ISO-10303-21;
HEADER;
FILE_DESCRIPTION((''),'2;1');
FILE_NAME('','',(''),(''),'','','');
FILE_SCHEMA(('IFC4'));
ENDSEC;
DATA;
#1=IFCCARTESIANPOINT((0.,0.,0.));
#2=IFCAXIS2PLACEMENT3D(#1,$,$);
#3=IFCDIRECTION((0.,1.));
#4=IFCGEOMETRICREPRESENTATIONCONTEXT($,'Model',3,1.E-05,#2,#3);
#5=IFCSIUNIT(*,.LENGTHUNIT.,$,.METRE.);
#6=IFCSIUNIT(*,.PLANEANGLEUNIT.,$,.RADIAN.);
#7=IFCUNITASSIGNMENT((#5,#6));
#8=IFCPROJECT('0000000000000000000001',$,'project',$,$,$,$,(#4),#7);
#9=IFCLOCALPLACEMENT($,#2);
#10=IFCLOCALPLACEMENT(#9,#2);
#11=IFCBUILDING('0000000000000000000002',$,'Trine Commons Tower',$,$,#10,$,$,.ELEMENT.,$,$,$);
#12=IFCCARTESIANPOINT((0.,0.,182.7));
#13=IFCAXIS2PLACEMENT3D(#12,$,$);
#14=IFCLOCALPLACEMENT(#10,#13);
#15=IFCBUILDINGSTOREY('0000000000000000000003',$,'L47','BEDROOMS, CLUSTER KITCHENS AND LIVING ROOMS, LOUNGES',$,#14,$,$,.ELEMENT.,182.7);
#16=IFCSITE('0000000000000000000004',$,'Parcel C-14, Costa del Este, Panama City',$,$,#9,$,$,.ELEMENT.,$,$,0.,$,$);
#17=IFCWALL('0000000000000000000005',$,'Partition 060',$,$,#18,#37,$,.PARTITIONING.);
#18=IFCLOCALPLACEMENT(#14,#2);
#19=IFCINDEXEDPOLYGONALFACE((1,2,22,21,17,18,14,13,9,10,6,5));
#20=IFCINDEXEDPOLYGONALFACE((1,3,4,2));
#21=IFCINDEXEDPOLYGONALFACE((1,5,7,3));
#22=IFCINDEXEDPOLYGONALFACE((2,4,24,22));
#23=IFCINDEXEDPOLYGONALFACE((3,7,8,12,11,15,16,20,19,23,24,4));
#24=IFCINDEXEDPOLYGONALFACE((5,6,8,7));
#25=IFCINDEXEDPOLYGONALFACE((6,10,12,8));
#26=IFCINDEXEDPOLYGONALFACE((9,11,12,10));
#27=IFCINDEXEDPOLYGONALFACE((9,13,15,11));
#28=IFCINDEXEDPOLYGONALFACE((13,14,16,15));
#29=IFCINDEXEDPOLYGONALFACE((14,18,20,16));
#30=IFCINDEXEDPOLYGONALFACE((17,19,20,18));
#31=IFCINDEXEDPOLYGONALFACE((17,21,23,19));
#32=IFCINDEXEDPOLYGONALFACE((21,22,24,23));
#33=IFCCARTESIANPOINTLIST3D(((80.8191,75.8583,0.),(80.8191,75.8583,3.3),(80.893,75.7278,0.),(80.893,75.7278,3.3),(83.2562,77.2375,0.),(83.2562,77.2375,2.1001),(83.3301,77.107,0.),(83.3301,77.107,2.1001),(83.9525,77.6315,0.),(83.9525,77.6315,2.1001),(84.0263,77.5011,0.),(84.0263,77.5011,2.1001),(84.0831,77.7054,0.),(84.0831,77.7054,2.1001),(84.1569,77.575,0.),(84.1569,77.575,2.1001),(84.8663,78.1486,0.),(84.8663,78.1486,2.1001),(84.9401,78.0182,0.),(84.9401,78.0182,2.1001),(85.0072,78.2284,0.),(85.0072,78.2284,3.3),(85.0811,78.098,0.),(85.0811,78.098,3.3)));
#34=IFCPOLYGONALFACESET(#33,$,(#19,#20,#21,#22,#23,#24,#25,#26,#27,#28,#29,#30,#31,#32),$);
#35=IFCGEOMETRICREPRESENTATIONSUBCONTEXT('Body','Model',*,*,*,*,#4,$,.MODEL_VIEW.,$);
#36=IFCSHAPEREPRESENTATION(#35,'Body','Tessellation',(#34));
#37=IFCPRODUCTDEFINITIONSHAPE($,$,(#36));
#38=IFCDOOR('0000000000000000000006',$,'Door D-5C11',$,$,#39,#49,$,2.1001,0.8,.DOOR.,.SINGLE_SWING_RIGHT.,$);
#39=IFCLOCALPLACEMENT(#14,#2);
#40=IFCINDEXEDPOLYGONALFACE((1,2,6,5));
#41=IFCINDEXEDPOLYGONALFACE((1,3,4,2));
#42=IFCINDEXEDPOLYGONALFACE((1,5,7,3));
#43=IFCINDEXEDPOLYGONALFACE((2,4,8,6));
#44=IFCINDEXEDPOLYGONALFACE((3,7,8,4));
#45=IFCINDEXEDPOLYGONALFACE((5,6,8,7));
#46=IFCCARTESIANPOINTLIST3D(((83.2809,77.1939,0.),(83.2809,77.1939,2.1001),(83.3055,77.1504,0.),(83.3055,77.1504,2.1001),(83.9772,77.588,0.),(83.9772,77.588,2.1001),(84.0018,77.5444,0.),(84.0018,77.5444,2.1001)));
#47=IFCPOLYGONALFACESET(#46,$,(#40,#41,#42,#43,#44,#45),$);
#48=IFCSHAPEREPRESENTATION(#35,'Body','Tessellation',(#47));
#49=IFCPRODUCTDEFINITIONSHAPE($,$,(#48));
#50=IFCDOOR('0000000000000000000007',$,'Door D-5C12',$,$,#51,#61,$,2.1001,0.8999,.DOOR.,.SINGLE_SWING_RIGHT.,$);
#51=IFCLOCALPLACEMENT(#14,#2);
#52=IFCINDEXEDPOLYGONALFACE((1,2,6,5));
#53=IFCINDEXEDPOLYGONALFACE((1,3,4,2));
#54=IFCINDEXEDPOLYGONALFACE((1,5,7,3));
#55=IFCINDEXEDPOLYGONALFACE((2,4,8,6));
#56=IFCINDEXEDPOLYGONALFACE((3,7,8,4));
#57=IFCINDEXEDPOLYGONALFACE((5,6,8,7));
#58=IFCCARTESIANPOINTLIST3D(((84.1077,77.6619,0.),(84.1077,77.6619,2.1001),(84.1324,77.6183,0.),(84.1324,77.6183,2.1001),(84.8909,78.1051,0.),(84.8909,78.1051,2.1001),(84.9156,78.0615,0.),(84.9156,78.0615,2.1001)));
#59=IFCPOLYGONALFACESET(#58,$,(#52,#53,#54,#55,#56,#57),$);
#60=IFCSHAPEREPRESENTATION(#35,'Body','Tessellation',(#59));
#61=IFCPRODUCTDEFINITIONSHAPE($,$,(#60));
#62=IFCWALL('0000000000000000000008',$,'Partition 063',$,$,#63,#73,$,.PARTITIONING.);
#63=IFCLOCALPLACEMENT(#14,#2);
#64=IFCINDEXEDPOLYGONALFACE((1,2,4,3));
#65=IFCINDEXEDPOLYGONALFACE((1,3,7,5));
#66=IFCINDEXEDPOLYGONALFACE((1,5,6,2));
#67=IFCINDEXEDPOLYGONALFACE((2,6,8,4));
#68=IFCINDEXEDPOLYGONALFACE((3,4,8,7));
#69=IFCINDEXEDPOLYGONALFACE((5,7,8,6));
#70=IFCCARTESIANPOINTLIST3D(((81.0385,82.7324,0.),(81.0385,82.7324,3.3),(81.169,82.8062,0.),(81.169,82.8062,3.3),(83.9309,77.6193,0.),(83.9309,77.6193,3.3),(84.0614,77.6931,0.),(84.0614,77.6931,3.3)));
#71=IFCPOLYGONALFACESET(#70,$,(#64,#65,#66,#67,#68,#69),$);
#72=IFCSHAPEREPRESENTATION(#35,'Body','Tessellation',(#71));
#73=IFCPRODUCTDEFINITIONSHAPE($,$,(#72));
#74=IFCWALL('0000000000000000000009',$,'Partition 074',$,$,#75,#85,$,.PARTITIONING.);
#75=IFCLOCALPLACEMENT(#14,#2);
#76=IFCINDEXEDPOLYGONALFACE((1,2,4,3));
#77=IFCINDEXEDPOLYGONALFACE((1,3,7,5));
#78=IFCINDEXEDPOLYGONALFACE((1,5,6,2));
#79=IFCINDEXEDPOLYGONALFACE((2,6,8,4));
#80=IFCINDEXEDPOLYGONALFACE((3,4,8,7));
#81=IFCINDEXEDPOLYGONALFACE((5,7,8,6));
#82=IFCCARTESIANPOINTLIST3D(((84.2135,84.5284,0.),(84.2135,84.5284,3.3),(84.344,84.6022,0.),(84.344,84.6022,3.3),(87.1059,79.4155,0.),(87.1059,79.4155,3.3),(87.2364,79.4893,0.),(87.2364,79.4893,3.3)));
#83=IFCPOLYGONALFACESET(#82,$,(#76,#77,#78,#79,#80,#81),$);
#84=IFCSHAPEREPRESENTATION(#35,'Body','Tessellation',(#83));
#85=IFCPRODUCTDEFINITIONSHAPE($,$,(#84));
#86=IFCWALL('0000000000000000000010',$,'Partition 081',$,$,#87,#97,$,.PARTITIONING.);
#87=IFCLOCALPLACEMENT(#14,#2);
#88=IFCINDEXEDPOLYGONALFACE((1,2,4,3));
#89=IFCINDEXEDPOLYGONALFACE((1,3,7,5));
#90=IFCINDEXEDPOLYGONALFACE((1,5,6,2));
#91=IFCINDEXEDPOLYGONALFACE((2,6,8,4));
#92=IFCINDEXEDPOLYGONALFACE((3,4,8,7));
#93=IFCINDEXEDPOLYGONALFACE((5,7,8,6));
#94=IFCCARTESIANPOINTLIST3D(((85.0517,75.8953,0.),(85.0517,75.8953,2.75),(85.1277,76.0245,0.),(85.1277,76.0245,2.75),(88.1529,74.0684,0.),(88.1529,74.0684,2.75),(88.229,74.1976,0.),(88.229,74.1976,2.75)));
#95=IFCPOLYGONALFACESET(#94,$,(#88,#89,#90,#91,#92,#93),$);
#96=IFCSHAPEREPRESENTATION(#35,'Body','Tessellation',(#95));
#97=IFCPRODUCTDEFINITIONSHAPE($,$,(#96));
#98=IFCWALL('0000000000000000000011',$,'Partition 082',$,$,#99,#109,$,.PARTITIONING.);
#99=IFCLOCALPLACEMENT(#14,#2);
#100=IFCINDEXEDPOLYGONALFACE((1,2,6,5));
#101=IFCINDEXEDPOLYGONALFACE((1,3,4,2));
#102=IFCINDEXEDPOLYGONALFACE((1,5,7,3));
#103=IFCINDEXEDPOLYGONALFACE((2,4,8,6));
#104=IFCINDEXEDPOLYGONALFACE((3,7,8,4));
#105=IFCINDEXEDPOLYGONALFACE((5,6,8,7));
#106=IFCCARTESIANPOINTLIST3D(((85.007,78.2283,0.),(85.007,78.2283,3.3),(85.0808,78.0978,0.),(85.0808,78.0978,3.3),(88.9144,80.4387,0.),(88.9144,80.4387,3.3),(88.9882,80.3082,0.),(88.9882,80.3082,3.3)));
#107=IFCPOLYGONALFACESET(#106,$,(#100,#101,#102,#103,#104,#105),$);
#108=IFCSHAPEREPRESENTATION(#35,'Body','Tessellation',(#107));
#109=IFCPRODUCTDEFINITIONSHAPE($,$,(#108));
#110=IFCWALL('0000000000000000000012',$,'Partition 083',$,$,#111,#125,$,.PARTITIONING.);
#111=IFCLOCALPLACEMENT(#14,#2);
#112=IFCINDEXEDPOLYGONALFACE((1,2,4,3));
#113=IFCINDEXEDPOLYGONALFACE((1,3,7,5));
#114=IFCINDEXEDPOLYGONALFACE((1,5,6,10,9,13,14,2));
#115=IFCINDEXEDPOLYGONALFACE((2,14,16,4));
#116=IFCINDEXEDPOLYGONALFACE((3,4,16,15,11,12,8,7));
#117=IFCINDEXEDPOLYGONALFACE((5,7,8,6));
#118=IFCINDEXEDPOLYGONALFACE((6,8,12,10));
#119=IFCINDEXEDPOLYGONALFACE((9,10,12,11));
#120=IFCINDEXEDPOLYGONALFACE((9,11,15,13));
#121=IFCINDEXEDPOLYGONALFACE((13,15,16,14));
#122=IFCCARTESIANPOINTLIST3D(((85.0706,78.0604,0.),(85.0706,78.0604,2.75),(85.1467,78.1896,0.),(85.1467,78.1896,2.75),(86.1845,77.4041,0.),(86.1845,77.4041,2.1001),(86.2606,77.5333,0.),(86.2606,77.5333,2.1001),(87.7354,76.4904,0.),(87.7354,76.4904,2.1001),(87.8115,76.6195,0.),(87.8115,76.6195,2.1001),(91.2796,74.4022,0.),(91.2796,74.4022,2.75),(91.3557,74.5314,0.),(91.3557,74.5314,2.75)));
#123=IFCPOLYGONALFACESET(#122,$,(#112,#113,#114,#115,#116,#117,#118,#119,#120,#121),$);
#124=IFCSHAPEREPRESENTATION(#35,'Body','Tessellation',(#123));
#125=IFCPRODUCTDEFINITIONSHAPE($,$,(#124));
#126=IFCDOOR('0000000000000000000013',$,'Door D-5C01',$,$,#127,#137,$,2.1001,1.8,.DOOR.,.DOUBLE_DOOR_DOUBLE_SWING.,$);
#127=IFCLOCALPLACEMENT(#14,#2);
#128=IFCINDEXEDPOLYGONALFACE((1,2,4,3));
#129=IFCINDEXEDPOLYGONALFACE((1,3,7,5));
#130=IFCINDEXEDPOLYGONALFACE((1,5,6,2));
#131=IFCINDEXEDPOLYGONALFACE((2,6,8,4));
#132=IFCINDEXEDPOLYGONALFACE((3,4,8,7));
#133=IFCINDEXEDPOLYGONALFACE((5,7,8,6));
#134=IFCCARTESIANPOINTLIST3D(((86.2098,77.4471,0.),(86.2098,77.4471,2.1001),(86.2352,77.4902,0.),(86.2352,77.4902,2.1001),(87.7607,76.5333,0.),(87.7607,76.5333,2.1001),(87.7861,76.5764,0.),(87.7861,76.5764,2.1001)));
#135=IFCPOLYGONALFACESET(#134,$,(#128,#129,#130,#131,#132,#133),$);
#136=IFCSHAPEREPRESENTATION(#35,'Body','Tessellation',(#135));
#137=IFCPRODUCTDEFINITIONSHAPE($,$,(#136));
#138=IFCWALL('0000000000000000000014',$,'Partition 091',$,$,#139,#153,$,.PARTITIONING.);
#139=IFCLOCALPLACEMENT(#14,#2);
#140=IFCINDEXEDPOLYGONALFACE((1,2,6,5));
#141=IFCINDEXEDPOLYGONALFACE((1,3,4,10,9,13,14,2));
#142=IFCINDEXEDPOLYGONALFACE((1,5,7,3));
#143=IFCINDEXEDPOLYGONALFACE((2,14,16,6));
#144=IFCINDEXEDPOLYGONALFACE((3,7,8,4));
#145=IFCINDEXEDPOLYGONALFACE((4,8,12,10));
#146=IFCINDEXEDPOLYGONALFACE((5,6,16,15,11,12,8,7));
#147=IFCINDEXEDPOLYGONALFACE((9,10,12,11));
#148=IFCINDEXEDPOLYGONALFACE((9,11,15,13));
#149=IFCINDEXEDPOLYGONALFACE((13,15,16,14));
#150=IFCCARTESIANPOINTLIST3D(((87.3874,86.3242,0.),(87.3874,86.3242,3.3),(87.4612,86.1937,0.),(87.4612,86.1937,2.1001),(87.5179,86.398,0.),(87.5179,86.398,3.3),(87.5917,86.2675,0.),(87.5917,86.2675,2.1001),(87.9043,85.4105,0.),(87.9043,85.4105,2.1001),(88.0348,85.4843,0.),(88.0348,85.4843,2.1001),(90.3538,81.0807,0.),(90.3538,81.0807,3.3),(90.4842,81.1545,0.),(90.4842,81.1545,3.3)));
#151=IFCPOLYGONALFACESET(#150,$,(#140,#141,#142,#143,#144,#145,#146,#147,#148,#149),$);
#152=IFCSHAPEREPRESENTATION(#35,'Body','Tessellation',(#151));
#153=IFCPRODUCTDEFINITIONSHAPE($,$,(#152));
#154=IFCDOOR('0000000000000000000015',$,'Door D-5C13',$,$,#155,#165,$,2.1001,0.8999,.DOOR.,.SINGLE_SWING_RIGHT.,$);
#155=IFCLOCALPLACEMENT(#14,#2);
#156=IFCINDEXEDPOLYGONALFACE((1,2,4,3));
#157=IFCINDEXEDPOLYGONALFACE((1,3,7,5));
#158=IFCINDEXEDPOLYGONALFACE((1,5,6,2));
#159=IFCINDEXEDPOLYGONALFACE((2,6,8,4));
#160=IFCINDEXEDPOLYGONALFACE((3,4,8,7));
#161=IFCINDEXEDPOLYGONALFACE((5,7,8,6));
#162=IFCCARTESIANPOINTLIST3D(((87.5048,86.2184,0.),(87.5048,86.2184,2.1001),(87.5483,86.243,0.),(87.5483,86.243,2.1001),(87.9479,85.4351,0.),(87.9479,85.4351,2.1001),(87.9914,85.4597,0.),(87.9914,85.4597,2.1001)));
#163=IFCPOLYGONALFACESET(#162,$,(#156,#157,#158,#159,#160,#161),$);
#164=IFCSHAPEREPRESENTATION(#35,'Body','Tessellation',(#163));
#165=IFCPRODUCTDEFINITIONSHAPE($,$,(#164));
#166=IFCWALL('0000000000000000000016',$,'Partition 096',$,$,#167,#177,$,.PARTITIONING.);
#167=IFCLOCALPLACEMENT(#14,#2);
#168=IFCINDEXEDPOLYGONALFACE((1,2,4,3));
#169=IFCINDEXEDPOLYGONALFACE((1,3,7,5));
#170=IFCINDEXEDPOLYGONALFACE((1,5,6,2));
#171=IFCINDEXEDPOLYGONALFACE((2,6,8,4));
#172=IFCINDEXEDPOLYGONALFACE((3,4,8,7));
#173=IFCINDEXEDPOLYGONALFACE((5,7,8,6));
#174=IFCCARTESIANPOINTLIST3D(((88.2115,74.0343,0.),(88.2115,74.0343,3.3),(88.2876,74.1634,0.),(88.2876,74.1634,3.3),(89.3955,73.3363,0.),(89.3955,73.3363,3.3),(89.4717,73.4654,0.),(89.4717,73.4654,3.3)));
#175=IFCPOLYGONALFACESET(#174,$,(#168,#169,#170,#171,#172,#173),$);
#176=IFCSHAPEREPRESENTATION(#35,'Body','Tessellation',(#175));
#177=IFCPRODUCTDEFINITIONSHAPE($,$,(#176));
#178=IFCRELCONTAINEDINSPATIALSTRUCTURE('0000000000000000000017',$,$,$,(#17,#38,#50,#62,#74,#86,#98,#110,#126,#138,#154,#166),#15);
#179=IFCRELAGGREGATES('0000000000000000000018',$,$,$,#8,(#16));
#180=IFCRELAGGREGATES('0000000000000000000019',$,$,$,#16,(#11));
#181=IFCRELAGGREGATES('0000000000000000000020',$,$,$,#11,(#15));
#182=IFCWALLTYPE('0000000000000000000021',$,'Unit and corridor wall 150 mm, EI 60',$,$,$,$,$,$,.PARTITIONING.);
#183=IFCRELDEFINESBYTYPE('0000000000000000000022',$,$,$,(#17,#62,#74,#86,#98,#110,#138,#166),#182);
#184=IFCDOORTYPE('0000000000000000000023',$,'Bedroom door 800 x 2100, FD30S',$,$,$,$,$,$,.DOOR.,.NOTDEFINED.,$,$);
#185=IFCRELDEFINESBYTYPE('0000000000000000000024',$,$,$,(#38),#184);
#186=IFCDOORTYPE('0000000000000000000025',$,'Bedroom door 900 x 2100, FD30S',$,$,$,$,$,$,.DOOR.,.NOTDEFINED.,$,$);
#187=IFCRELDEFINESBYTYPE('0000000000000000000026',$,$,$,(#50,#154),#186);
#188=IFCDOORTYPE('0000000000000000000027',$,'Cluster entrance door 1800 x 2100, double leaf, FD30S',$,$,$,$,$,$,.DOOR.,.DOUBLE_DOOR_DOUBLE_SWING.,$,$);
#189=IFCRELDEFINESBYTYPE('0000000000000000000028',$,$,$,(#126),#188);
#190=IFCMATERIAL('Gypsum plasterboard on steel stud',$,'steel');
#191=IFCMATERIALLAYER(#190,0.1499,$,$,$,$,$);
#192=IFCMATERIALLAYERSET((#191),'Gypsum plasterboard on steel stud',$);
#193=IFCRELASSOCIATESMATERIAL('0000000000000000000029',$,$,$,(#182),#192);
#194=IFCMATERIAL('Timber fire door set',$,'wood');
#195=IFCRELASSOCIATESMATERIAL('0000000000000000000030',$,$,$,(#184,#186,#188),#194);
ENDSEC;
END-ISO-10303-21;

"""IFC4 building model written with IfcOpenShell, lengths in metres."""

from ifc_helpers import new_model, si_unit, direction, frame, frame_2d, origin, place, context, subcontext, project, spatial, rectangle, extrude, material, layer, layer_set, type_object, element, fill, save


model = new_model("IFC4")

# Units and contexts
model_context = context("Model", 3, precision=1e-05, world=origin(), true_north=direction((0.0, 1.0)))
body_context = subcontext(model_context, "Body", "Model", "MODEL_VIEW")
ifc_project = project(units=[si_unit("LENGTHUNIT", "METRE"), si_unit("PLANEANGLEUNIT", "RADIAN")], contexts=[model_context])

# Site, building, storey
site_placement = place(None, origin())
site = spatial("IfcSite", under=ifc_project, at=site_placement, Name="Parcel C-14, Costa del Este, Panama City", CompositionType="ELEMENT", RefElevation=0.0)
building_placement = place(site_placement, origin())
building = spatial("IfcBuilding", under=site, at=building_placement, Name="Trine Commons Tower", CompositionType="ELEMENT")
storey_placement = place(building_placement, frame((0.0, 0.0, 182.7)))
storey = spatial("IfcBuildingStorey", under=building, at=storey_placement, Name="L47", Description="BEDROOMS, CLUSTER KITCHENS AND LIVING ROOMS, LOUNGES", CompositionType="ELEMENT", Elevation=182.7)

# Wall, openings, doors
ifc_material_1 = material(Name="Gypsum plasterboard on steel stud", Category="steel")
ifc_layer_1 = layer(ifc_material_1, 0.1499)
ifc_layer_set_1 = layer_set([ifc_layer_1], Name="Gypsum plasterboard on steel stud")
wall_type_1 = type_object("IfcWallType", Name="Unit and corridor wall 150 mm, EI 60", PredefinedType="PARTITIONING", material=ifc_layer_set_1)
wall_1_placement = place(storey_placement, frame((80.856, 75.793, 0.0), z_axis=(0.0, 0.0, 1.0), x_axis=(0.870296, 0.492529, 0.0)))
wall_1 = element("IfcWall", 1, at=wall_1_placement, inside=storey, type_object=wall_type_1, Name="Partition 060", PredefinedType="PARTITIONING", context=body_context, shape_type="SweptSolid", body=[
    extrude(rectangle(XDim=4.8123, YDim=0.1499, at=frame_2d((2.4062, 0.0))), origin(), (0.0, 0.0, 1.0), 3.3),
])
opening_1_placement = place(wall_1_placement, frame((2.8005, 0.0, 0.0)))
opening_1 = element("IfcOpeningElement", 2, at=opening_1_placement, cuts=wall_1, PredefinedType="OPENING", context=body_context, shape_type="SweptSolid", body=[
    extrude(rectangle(XDim=0.8, YDim=2.1001, at=frame_2d((0.3999, 1.05))), frame((0.0, 0.085, 0.0), z_axis=(0.0, -1.0, 0.0), x_axis=(1.0, 0.0, 0.0)), (0.0, 0.0, 1.0), 0.1699),
])
opening_2_placement = place(wall_1_placement, frame((3.7505, 0.0, 0.0)))
opening_2 = element("IfcOpeningElement", 3, at=opening_2_placement, cuts=wall_1, PredefinedType="OPENING", context=body_context, shape_type="SweptSolid", body=[
    extrude(rectangle(XDim=0.8999, YDim=2.1001, at=frame_2d((0.45, 1.05))), frame((0.0, 0.085, 0.0), z_axis=(0.0, -1.0, 0.0), x_axis=(1.0, 0.0, 0.0)), (0.0, 0.0, 1.0), 0.1699),
])
ifc_material_2 = material(Name="Timber fire door set", Category="wood")
door_type_1 = type_object("IfcDoorType", Name="Bedroom door 800 x 2100, FD30S", OperationType="NOTDEFINED", PredefinedType="DOOR", material=ifc_material_2)
door_1_placement = place(opening_1_placement, origin())
door_1 = element("IfcDoor", 4, at=door_1_placement, inside=storey, type_object=door_type_1, Name="Door D-5C11", OperationType="SINGLE_SWING_RIGHT", OverallHeight=2.1001, OverallWidth=0.8, PredefinedType="DOOR", context=body_context, shape_type="SweptSolid", body=[
    extrude(rectangle(XDim=0.8, YDim=2.1001, at=frame_2d((0.3999, 1.05))), frame((0.0, 0.0249, 0.0), z_axis=(0.0, -1.0, 0.0), x_axis=(1.0, 0.0, 0.0)), (0.0, 0.0, 1.0), 0.05),
])
fill(opening_1, door_1)
door_type_2 = type_object("IfcDoorType", Name="Bedroom door 900 x 2100, FD30S", OperationType="NOTDEFINED", PredefinedType="DOOR", material=ifc_material_2)
door_2_placement = place(opening_2_placement, origin())
door_2 = element("IfcDoor", 5, at=door_2_placement, inside=storey, type_object=door_type_2, Name="Door D-5C12", OperationType="SINGLE_SWING_RIGHT", OverallHeight=2.1001, OverallWidth=0.8999, PredefinedType="DOOR", context=body_context, shape_type="SweptSolid", body=[
    extrude(rectangle(XDim=0.8999, YDim=2.1001, at=frame_2d((0.45, 1.05))), frame((0.0, 0.0249, 0.0), z_axis=(0.0, -1.0, 0.0), x_axis=(1.0, 0.0, 0.0)), (0.0, 0.0, 1.0), 0.05),
])
fill(opening_2, door_2)

# Walls
wall_2_placement = place(storey_placement, frame((81.1038, 82.7693, 0.0), z_axis=(0.0, 0.0, 1.0), x_axis=(0.492361, -0.870391, 0.0)))
element("IfcWall", 6, at=wall_2_placement, inside=storey, type_object=wall_type_1, Name="Partition 063", PredefinedType="PARTITIONING", context=body_context, shape_type="SweptSolid", body=[
    extrude(rectangle(XDim=5.8745, YDim=0.1499, at=frame_2d((2.9373, 0.0))), origin(), (0.0, 0.0, 1.0), 3.3),
])
wall_3_placement = place(storey_placement, frame((84.2788, 84.5652, 0.0), z_axis=(0.0, 0.0, 1.0), x_axis=(0.492379, -0.870381, 0.0)))
element("IfcWall", 7, at=wall_3_placement, inside=storey, type_object=wall_type_1, Name="Partition 074", PredefinedType="PARTITIONING", context=body_context, shape_type="SweptSolid", body=[
    extrude(rectangle(XDim=5.8743, YDim=0.1499, at=frame_2d((2.937, 0.0))), origin(), (0.0, 0.0, 1.0), 3.3),
])
wall_4_placement = place(storey_placement, frame((85.0896, 75.96, 0.0), z_axis=(0.0, 0.0, 1.0), x_axis=(0.861618, -0.507557, 0.0)))
element("IfcWall", 8, at=wall_4_placement, inside=storey, type_object=wall_type_1, Name="Partition 081", PredefinedType="PARTITIONING", context=body_context, shape_type="SweptSolid", body=[
    extrude(rectangle(XDim=3.5994, YDim=0.1499, at=frame_2d((1.7998, 0.0))), origin(), (0.0, 0.0, 1.0), 2.75),
])
wall_5_placement = place(storey_placement, frame((85.0439, 78.1631, 0.0), z_axis=(0.0, 0.0, 1.0), x_axis=(0.870384, 0.492374, 0.0)))
element("IfcWall", 9, at=wall_5_placement, inside=storey, type_object=wall_type_1, Name="Partition 082", PredefinedType="PARTITIONING", context=body_context, shape_type="SweptSolid", body=[
    extrude(rectangle(XDim=4.4893, YDim=0.1499, at=frame_2d((2.2446, 0.0))), origin(), (0.0, 0.0, 1.0), 3.3),
])

# Walls, openings, doors
wall_6_placement = place(storey_placement, frame((85.1086, 78.125, 0.0), z_axis=(0.0, 0.0, 1.0), x_axis=(0.861579, -0.507624, 0.0)))
wall_6 = element("IfcWall", 10, at=wall_6_placement, inside=storey, type_object=wall_type_1, Name="Partition 083", PredefinedType="PARTITIONING", context=body_context, shape_type="SweptSolid", body=[
    extrude(rectangle(XDim=7.2065, YDim=0.1499, at=frame_2d((3.6033, 0.0))), origin(), (0.0, 0.0, 1.0), 2.75),
])
opening_3_placement = place(wall_6_placement, frame((1.293, 0.0, 0.0)))
opening_3 = element("IfcOpeningElement", 11, at=opening_3_placement, cuts=wall_6, PredefinedType="OPENING", context=body_context, shape_type="SweptSolid", body=[
    extrude(rectangle(XDim=1.8, YDim=2.1001, at=frame_2d((0.8999, 1.05))), frame((0.0, 0.085, 0.0), z_axis=(0.0, -1.0, 0.0), x_axis=(1.0, 0.0, 0.0)), (0.0, 0.0, 1.0), 0.1699),
])
door_type_3 = type_object("IfcDoorType", Name="Cluster entrance door 1800 x 2100, double leaf, FD30S", OperationType="DOUBLE_DOOR_DOUBLE_SWING", PredefinedType="DOOR", material=ifc_material_2)
door_3_placement = place(opening_3_placement, origin())
door_3 = element("IfcDoor", 12, at=door_3_placement, inside=storey, type_object=door_type_3, Name="Door D-5C01", OperationType="DOUBLE_DOOR_DOUBLE_SWING", OverallHeight=2.1001, OverallWidth=1.8, PredefinedType="DOOR", context=body_context, shape_type="SweptSolid", body=[
    extrude(rectangle(XDim=1.8, YDim=2.1001, at=frame_2d((0.8999, 1.05))), frame((0.0, 0.0249, 0.0), z_axis=(0.0, -1.0, 0.0), x_axis=(1.0, 0.0, 0.0)), (0.0, 0.0, 1.0), 0.05),
])
fill(opening_3, door_3)
wall_7_placement = place(storey_placement, frame((87.4526, 86.3611, 0.0), z_axis=(0.0, 0.0, 1.0), x_axis=(0.49239, -0.870375, 0.0)))
wall_7 = element("IfcWall", 13, at=wall_7_placement, inside=storey, type_object=wall_type_1, Name="Partition 091", PredefinedType="PARTITIONING", context=body_context, shape_type="SweptSolid", body=[
    extrude(rectangle(XDim=6.0244, YDim=0.1499, at=frame_2d((3.0122, 0.0))), origin(), (0.0, 0.0, 1.0), 3.3),
])
opening_4_placement = place(wall_7_placement, frame((0.1499, 0.0, 0.0)))
opening_4 = element("IfcOpeningElement", 14, at=opening_4_placement, cuts=wall_7, PredefinedType="OPENING", context=body_context, shape_type="SweptSolid", body=[
    extrude(rectangle(XDim=0.8999, YDim=2.1001, at=frame_2d((0.45, 1.05))), frame((0.0, 0.085, 0.0), z_axis=(0.0, -1.0, 0.0), x_axis=(1.0, 0.0, 0.0)), (0.0, 0.0, 1.0), 0.1699),
])
door_4_placement = place(opening_4_placement, frame((0.8999, 0.0, 0.0), z_axis=(0.0, 0.0, 1.0), x_axis=(-1.0, 0.0, 0.0)))
door_4 = element("IfcDoor", 15, at=door_4_placement, inside=storey, type_object=door_type_2, Name="Door D-5C13", OperationType="SINGLE_SWING_RIGHT", OverallHeight=2.1001, OverallWidth=0.8999, PredefinedType="DOOR", context=body_context, shape_type="SweptSolid", body=[
    extrude(rectangle(XDim=0.8999, YDim=2.1001, at=frame_2d((0.45, 1.05))), frame((0.0, 0.0249, 0.0), z_axis=(0.0, -1.0, 0.0), x_axis=(1.0, 0.0, 0.0)), (0.0, 0.0, 1.0), 0.05),
])
fill(opening_4, door_4)

# Wall
wall_8_placement = place(storey_placement, frame((88.2495, 74.0989, 0.0), z_axis=(0.0, 0.0, 1.0), x_axis=(0.861464, -0.507819, 0.0)))
element("IfcWall", 16, at=wall_8_placement, inside=storey, type_object=wall_type_1, Name="Partition 096", PredefinedType="PARTITIONING", context=body_context, shape_type="SweptSolid", body=[
    extrude(rectangle(XDim=1.3745, YDim=0.1499, at=frame_2d((0.6873, 0.0))), origin(), (0.0, 0.0, 1.0), 3.3),
])

save(model, "model.ifc")
